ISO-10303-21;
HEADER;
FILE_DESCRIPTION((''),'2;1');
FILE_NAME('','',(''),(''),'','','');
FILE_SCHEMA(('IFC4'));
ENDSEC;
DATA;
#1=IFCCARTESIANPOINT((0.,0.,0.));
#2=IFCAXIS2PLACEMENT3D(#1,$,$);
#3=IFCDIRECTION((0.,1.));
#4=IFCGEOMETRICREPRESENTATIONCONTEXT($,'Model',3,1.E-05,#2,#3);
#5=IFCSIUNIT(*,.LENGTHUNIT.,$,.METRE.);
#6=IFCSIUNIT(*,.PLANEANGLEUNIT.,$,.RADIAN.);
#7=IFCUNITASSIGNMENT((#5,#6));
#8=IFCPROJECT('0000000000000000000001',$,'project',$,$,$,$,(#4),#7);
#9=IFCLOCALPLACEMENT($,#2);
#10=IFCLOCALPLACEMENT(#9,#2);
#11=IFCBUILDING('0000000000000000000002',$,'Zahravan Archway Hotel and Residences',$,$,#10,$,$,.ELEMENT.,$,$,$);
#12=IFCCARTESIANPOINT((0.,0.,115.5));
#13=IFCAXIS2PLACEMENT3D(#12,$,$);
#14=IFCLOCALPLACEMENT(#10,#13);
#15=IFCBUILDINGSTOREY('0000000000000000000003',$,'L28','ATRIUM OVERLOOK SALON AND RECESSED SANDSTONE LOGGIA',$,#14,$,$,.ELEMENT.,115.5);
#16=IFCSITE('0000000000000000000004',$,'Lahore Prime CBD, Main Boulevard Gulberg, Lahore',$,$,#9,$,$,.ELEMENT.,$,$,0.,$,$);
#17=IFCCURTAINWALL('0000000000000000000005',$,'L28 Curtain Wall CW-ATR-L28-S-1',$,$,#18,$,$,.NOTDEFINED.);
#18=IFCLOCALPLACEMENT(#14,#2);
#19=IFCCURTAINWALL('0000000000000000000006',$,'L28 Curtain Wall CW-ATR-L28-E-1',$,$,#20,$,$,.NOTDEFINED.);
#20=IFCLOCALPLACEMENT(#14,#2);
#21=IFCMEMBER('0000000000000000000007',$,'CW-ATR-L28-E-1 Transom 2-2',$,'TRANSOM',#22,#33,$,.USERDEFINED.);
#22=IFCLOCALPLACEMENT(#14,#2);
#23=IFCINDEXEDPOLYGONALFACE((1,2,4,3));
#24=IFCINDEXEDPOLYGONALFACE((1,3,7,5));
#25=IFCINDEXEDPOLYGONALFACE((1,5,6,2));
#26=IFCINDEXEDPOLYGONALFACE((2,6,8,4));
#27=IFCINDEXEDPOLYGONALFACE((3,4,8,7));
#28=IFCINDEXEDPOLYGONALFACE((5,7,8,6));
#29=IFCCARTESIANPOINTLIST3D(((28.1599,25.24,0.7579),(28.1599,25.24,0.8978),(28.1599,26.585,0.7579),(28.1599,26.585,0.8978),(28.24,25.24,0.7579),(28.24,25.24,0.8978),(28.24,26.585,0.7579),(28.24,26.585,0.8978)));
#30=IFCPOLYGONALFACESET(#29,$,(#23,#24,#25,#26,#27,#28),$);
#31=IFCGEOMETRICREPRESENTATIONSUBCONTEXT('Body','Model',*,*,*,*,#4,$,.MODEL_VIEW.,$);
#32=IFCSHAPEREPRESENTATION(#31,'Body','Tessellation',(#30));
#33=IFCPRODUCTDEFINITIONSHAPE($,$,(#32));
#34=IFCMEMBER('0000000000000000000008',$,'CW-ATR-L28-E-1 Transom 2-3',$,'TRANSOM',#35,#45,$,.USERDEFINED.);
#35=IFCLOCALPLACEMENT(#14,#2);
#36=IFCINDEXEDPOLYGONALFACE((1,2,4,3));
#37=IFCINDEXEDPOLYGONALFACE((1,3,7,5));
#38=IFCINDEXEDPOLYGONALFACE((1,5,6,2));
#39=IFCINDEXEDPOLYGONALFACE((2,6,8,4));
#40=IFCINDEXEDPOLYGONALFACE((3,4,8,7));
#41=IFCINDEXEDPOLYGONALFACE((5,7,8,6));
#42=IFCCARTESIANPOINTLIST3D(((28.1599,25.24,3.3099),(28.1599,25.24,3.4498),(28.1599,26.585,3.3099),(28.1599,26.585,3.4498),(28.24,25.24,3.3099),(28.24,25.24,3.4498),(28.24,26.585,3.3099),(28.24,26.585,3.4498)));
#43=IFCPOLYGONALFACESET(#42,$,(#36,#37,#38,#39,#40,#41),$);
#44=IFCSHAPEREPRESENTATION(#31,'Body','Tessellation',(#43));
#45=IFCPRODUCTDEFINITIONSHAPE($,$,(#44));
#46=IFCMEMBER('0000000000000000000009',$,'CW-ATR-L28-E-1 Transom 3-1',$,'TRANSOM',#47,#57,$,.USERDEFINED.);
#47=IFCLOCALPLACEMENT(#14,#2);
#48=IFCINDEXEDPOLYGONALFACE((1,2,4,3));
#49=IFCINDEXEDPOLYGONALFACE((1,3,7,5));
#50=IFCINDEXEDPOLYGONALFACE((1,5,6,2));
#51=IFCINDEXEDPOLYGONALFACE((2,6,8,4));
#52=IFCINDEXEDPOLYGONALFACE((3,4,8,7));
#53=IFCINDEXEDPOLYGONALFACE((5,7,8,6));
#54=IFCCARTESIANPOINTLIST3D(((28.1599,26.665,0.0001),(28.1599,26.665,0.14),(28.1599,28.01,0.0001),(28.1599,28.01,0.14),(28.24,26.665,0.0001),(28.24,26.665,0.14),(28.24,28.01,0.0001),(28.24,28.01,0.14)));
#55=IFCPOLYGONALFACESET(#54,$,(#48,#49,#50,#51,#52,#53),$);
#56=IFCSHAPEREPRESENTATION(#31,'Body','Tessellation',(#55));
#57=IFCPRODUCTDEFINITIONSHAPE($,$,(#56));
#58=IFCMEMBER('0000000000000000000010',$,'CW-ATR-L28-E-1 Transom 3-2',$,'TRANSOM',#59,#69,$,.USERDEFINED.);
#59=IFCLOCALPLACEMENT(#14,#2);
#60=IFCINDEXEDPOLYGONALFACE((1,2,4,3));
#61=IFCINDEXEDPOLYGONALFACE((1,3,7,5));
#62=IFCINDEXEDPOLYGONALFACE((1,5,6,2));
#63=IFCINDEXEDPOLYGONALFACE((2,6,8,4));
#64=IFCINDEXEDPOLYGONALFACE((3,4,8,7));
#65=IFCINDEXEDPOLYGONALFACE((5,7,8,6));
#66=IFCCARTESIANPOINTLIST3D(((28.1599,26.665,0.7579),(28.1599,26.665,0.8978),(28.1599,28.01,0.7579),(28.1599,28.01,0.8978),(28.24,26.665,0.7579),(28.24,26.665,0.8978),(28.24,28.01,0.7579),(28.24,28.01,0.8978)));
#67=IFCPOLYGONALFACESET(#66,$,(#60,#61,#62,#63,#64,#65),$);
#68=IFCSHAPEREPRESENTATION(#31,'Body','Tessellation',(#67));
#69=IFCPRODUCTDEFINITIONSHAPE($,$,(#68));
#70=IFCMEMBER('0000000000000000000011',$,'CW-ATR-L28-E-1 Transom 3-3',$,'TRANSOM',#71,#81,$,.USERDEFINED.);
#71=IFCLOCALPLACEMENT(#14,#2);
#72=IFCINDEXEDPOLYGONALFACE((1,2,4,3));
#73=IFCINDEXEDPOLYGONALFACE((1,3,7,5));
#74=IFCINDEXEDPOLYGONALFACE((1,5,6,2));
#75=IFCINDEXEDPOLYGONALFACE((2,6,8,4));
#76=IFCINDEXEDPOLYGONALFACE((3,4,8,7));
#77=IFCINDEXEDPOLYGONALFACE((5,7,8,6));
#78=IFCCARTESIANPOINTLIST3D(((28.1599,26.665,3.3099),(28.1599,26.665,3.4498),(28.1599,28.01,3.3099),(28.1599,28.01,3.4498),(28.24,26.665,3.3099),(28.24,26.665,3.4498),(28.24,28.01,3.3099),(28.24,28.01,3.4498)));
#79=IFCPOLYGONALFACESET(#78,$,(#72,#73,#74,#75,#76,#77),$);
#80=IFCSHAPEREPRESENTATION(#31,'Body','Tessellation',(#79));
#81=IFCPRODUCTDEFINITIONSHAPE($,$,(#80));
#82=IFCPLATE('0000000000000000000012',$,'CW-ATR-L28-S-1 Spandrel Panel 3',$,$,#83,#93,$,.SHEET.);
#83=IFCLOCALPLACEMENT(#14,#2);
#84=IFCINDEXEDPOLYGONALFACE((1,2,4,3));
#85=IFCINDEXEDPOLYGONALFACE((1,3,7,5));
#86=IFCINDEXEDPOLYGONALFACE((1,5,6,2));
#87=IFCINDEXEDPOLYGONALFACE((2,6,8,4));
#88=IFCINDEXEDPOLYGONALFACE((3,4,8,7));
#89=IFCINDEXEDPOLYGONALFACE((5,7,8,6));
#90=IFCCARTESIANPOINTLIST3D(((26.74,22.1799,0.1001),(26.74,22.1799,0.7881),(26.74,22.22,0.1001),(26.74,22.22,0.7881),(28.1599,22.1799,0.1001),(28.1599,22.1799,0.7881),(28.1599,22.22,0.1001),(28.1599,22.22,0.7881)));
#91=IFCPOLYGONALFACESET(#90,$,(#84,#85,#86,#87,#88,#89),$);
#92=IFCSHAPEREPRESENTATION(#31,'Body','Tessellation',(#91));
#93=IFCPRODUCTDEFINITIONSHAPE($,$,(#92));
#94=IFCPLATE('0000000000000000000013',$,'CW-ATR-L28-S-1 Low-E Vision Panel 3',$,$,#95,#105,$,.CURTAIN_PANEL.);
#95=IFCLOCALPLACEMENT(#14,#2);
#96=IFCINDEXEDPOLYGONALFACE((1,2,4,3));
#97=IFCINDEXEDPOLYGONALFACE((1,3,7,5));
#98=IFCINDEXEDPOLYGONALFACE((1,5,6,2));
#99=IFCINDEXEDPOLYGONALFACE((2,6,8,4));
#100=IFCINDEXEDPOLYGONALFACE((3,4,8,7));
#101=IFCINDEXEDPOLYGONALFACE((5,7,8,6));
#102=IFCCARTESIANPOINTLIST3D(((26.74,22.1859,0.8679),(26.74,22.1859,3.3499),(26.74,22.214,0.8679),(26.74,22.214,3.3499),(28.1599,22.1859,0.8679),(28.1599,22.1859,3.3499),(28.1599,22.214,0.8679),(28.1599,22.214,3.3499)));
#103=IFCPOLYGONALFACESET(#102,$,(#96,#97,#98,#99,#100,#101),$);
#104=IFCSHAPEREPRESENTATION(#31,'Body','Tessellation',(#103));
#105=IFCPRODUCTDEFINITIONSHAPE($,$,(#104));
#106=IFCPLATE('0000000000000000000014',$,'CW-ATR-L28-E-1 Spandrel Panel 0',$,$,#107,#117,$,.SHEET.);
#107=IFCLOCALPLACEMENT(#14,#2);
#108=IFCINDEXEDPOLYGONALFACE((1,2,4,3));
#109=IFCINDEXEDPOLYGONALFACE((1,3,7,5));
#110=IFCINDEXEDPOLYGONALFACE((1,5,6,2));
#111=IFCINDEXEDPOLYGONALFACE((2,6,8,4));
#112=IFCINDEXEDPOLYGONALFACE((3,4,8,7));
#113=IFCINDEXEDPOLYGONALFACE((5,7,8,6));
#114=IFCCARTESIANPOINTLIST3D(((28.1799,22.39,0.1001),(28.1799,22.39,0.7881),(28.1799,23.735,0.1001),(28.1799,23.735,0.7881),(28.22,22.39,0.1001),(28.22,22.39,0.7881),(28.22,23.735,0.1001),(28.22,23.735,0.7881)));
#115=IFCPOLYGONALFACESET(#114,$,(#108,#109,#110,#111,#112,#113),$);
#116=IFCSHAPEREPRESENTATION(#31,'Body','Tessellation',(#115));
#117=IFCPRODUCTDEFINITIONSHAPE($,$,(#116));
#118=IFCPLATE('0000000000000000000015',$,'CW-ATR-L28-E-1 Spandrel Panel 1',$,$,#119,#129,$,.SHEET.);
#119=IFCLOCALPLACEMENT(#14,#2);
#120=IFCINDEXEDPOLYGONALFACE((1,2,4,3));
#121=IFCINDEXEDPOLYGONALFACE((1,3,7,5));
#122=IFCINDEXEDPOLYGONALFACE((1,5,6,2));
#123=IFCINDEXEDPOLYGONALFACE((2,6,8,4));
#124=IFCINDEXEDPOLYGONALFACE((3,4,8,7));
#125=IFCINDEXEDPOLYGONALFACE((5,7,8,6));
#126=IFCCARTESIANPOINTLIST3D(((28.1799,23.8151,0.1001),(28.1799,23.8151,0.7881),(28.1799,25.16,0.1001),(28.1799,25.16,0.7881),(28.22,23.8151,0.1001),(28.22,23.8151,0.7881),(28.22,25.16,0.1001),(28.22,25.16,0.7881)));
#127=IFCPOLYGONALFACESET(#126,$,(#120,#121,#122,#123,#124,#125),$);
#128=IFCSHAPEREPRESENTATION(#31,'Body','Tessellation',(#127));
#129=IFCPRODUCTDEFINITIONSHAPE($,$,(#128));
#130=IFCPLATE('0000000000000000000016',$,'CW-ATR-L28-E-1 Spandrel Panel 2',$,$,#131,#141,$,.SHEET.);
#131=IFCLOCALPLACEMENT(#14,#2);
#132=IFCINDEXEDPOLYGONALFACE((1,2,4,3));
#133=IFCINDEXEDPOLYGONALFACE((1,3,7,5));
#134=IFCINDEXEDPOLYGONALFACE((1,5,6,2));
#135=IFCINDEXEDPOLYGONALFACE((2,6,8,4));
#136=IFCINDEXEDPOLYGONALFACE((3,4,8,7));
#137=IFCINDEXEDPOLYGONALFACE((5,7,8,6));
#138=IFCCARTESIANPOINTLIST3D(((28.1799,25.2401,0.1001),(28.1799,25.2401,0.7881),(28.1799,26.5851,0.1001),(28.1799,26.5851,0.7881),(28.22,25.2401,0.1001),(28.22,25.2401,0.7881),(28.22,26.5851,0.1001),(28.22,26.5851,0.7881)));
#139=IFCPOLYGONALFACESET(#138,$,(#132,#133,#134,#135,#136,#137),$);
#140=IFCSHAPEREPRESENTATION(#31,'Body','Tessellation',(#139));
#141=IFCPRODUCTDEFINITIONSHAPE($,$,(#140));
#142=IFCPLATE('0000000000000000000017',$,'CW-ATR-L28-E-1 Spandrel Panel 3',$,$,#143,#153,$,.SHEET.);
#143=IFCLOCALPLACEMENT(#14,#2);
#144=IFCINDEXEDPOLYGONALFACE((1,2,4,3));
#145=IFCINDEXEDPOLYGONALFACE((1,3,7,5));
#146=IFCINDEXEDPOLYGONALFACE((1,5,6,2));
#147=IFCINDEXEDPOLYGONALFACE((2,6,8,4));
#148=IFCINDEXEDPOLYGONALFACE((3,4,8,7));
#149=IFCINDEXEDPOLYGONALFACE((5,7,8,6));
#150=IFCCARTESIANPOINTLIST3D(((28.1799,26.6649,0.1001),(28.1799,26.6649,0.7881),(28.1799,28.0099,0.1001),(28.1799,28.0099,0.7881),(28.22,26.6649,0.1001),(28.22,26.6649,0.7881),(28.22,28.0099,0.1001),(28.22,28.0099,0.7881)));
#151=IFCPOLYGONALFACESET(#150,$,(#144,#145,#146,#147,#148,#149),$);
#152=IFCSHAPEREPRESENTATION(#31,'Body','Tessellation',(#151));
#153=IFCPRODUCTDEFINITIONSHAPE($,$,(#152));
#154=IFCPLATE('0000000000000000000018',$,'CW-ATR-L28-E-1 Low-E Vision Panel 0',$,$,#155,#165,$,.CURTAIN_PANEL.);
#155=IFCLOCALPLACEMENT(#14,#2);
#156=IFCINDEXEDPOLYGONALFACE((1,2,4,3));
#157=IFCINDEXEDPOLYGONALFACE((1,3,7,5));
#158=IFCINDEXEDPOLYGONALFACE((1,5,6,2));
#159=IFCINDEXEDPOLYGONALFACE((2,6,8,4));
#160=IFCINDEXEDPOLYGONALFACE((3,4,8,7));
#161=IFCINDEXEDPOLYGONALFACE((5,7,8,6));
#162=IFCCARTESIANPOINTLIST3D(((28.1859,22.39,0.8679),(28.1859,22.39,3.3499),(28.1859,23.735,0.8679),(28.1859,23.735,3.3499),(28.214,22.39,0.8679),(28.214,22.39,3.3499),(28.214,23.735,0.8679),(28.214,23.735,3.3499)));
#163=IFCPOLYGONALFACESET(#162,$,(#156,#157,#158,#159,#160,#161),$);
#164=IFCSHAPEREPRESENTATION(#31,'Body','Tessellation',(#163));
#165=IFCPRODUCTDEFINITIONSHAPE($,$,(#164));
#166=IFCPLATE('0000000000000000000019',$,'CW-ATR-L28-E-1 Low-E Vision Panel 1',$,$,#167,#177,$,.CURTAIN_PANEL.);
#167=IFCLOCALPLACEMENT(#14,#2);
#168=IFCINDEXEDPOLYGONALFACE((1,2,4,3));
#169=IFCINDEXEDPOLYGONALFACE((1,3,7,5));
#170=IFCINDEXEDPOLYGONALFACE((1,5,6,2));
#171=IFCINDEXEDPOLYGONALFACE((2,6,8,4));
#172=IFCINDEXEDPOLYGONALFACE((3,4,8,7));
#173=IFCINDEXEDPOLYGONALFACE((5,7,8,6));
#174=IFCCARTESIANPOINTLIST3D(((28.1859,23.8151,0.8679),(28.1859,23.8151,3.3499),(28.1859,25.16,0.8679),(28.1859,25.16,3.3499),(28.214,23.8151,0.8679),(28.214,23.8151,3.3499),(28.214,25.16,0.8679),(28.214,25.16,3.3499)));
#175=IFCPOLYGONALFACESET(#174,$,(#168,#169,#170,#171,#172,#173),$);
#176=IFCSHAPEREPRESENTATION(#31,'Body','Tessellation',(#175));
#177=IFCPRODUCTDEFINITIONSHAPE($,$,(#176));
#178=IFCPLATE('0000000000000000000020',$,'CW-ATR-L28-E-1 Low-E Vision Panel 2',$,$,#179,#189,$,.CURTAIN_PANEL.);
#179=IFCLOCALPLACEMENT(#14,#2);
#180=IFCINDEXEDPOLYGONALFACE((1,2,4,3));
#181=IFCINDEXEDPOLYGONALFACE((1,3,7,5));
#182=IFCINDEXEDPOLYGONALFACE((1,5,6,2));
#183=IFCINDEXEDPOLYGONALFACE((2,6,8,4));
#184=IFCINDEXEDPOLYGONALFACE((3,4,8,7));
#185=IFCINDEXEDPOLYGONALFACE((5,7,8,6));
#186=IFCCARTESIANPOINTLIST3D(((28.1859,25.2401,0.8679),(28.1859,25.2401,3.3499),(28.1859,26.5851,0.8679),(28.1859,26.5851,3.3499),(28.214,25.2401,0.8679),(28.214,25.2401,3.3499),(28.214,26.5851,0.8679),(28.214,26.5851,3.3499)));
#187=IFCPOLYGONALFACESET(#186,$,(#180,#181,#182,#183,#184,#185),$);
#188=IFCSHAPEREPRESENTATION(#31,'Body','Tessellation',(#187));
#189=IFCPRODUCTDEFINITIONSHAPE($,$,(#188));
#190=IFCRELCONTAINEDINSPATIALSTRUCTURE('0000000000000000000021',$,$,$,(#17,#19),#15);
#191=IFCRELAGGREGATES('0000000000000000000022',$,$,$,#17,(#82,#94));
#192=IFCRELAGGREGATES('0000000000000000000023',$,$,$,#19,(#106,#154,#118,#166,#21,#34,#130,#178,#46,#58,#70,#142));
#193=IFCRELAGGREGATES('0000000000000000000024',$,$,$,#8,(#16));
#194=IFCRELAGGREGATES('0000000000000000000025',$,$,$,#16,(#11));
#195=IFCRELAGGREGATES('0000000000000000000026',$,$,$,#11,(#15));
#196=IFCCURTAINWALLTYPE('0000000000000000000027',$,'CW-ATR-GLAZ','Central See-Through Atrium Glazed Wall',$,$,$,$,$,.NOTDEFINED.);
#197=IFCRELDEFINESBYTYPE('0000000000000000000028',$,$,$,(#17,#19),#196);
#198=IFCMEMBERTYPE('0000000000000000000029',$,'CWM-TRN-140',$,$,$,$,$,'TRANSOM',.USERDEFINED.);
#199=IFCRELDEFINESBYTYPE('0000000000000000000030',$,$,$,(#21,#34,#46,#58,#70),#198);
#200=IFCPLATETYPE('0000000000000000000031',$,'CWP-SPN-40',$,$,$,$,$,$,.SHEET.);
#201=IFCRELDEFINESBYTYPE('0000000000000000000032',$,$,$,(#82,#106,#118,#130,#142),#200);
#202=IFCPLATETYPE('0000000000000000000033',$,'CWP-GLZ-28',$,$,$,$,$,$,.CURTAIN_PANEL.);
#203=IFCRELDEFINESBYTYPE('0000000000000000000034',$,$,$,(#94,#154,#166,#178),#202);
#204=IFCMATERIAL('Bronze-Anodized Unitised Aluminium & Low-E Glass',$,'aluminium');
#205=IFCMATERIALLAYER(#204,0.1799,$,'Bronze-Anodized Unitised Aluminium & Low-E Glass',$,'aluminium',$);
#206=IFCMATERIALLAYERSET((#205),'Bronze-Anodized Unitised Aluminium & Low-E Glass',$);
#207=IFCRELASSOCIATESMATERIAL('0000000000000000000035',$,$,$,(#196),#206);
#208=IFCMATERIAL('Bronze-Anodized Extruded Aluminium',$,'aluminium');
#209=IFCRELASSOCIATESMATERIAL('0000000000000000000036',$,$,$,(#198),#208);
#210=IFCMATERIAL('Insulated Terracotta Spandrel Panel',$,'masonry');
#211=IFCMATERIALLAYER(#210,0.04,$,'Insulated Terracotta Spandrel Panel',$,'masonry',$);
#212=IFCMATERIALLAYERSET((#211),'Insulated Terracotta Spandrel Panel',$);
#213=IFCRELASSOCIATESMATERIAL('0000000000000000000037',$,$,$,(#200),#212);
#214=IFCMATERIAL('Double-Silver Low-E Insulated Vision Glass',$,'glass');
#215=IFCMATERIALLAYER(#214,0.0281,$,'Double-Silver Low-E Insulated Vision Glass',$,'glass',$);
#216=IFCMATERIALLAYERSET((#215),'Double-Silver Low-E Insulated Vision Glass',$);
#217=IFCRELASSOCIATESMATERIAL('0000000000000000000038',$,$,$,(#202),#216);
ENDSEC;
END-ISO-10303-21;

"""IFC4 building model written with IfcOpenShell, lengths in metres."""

from ifc_helpers import new_model, si_unit, direction, frame, origin, origin_2d, place, context, subcontext, project, spatial, rectangle, extrude, source, transform, mapped, material, layer, layer_set, material_profile, profile_set, type_object, element, aggregate, save


model = new_model("IFC4")

# Units and contexts
model_context = context("Model", 3, precision=1e-05, world=origin(), true_north=direction((0.0, 1.0)))
body_context = subcontext(model_context, "Body", "Model", "MODEL_VIEW")
ifc_project = project(units=[si_unit("LENGTHUNIT", "METRE"), si_unit("PLANEANGLEUNIT", "RADIAN")], contexts=[model_context])

# Site, building, storey
site_placement = place(None, origin())
site = spatial("IfcSite", under=ifc_project, at=site_placement, Name="Lahore Prime CBD, Main Boulevard Gulberg, Lahore", CompositionType="ELEMENT", RefElevation=0.0)
building_placement = place(site_placement, origin())
building = spatial("IfcBuilding", under=site, at=building_placement, Name="Zahravan Archway Hotel and Residences", CompositionType="ELEMENT")
storey_placement = place(building_placement, frame((0.0, 0.0, 115.5)))
storey = spatial("IfcBuildingStorey", under=building, at=storey_placement, Name="L28", Description="ATRIUM OVERLOOK SALON AND RECESSED SANDSTONE LOGGIA", CompositionType="ELEMENT", Elevation=115.5)

# Curtain wall
ifc_material_1 = material(Name="Bronze-Anodized Unitised Aluminium & Low-E Glass", Category="aluminium")
ifc_layer_1 = layer(ifc_material_1, 0.1799, Name="Bronze-Anodized Unitised Aluminium & Low-E Glass", Category="aluminium")
ifc_layer_set_1 = layer_set([ifc_layer_1], Name="Bronze-Anodized Unitised Aluminium & Low-E Glass")
curtain_wall_type = type_object("IfcCurtainWallType", Name="CW-ATR-GLAZ", Description="Central See-Through Atrium Glazed Wall", PredefinedType="NOTDEFINED", material=ifc_layer_set_1)
curtain_wall_1_placement = place(storey_placement, origin())
curtain_wall_1 = element("IfcCurtainWall", 1, at=curtain_wall_1_placement, inside=storey, type_object=curtain_wall_type, Name="L28 Curtain Wall CW-ATR-L28-S-1", PredefinedType="NOTDEFINED")
ifc_material_2 = material(Name="Bronze-Anodized Extruded Aluminium", Category="aluminium")

# Curtain wall
curtain_wall_2_placement = place(storey_placement, origin())
curtain_wall_2 = element("IfcCurtainWall", 2, at=curtain_wall_2_placement, inside=storey, type_object=curtain_wall_type, Name="L28 Curtain Wall CW-ATR-L28-E-1", PredefinedType="NOTDEFINED")

# Members
ifc_material_profile_1 = material_profile(ifc_material_2, rectangle(XDim=0.0801, YDim=0.1399, at=origin_2d()), Name="TRN 80x140", Category="aluminium")
ifc_profile_set_1 = profile_set([ifc_material_profile_1], Name="Bronze-Anodized Extruded Aluminium")
member_type_1 = type_object("IfcMemberType", Name="CWM-TRN-140", ElementType="TRANSOM", PredefinedType="USERDEFINED", material=ifc_profile_set_1)
shared_shape_1 = source(origin(), body_context, "Body", "SweptSolid", [
    extrude(rectangle(XDim=0.0801, YDim=0.1399, at=origin_2d()), origin(), (0.0, 0.0, 1.0), 1.345),
])
member_1_placement = place(storey_placement, frame((28.2, 25.24, 0.8279), z_axis=(0.0, 1.0, 0.0), x_axis=(-1.0, 0.0, 0.0)))
member_1 = element("IfcMember", 3, at=member_1_placement, type_object=member_type_1, Name="CW-ATR-L28-E-1 Transom 2-2", ObjectType="TRANSOM", PredefinedType="USERDEFINED", context=body_context, shape_type="MappedRepresentation", body=[
    mapped(shared_shape_1, transform((0.0, 0.0, 0.0), scale=1.0)),
])
member_2_placement = place(storey_placement, frame((28.2, 25.24, 3.3799), z_axis=(0.0, 1.0, 0.0), x_axis=(-1.0, 0.0, 0.0)))
member_2 = element("IfcMember", 4, at=member_2_placement, type_object=member_type_1, Name="CW-ATR-L28-E-1 Transom 2-3", ObjectType="TRANSOM", PredefinedType="USERDEFINED", context=body_context, shape_type="MappedRepresentation", body=[
    mapped(shared_shape_1, transform((0.0, 0.0, 0.0), scale=1.0)),
])
member_3_placement = place(storey_placement, frame((28.2, 26.665, 0.0701), z_axis=(0.0, 1.0, 0.0), x_axis=(-1.0, 0.0, 0.0)))
member_3 = element("IfcMember", 5, at=member_3_placement, type_object=member_type_1, Name="CW-ATR-L28-E-1 Transom 3-1", ObjectType="TRANSOM", PredefinedType="USERDEFINED", context=body_context, shape_type="MappedRepresentation", body=[
    mapped(shared_shape_1, transform((0.0, 0.0, 0.0), scale=1.0)),
])
member_4_placement = place(storey_placement, frame((28.2, 26.665, 0.8279), z_axis=(0.0, 1.0, 0.0), x_axis=(-1.0, 0.0, 0.0)))
member_4 = element("IfcMember", 6, at=member_4_placement, type_object=member_type_1, Name="CW-ATR-L28-E-1 Transom 3-2", ObjectType="TRANSOM", PredefinedType="USERDEFINED", context=body_context, shape_type="MappedRepresentation", body=[
    mapped(shared_shape_1, transform((0.0, 0.0, 0.0), scale=1.0)),
])
member_5_placement = place(storey_placement, frame((28.2, 26.665, 3.3799), z_axis=(0.0, 1.0, 0.0), x_axis=(-1.0, 0.0, 0.0)))
member_5 = element("IfcMember", 7, at=member_5_placement, type_object=member_type_1, Name="CW-ATR-L28-E-1 Transom 3-3", ObjectType="TRANSOM", PredefinedType="USERDEFINED", context=body_context, shape_type="MappedRepresentation", body=[
    mapped(shared_shape_1, transform((0.0, 0.0, 0.0), scale=1.0)),
])

# Plates
ifc_material_3 = material(Name="Insulated Terracotta Spandrel Panel", Category="masonry")
ifc_layer_2 = layer(ifc_material_3, 0.04, Name="Insulated Terracotta Spandrel Panel", Category="masonry")
ifc_layer_set_2 = layer_set([ifc_layer_2], Name="Insulated Terracotta Spandrel Panel")
plate_type_1 = type_object("IfcPlateType", Name="CWP-SPN-40", PredefinedType="SHEET", material=ifc_layer_set_2)
shared_shape_2 = source(origin(), body_context, "Body", "SweptSolid", [
    extrude(rectangle(XDim=1.4199, YDim=0.04, at=origin_2d()), origin(), (0.0, 0.0, 1.0), 0.688),
])
plate_1_placement = place(storey_placement, frame((27.45, 22.2, 0.1001), z_axis=(0.0, 0.0, 1.0), x_axis=(1.0, 0.0, 0.0)))
plate_1 = element("IfcPlate", 8, at=plate_1_placement, type_object=plate_type_1, Name="CW-ATR-L28-S-1 Spandrel Panel 3", PredefinedType="SHEET", context=body_context, shape_type="MappedRepresentation", body=[
    mapped(shared_shape_2, transform((0.0, 0.0, 0.0), scale=1.0)),
])
ifc_material_4 = material(Name="Double-Silver Low-E Insulated Vision Glass", Category="glass")
ifc_layer_3 = layer(ifc_material_4, 0.0281, Name="Double-Silver Low-E Insulated Vision Glass", Category="glass")
ifc_layer_set_3 = layer_set([ifc_layer_3], Name="Double-Silver Low-E Insulated Vision Glass")
plate_type_2 = type_object("IfcPlateType", Name="CWP-GLZ-28", PredefinedType="CURTAIN_PANEL", material=ifc_layer_set_3)
shared_shape_3 = source(origin(), body_context, "Body", "SweptSolid", [
    extrude(rectangle(XDim=1.4199, YDim=0.0281, at=origin_2d()), origin(), (0.0, 0.0, 1.0), 2.4819),
])
plate_2_placement = place(storey_placement, frame((27.45, 22.2, 0.8679), z_axis=(0.0, 0.0, 1.0), x_axis=(1.0, 0.0, 0.0)))
plate_2 = element("IfcPlate", 9, at=plate_2_placement, type_object=plate_type_2, Name="CW-ATR-L28-S-1 Low-E Vision Panel 3", PredefinedType="CURTAIN_PANEL", context=body_context, shape_type="MappedRepresentation", body=[
    mapped(shared_shape_3, transform((0.0, 0.0, 0.0), scale=1.0)),
])
aggregate(curtain_wall_1, [plate_1, plate_2])
shared_shape_4 = source(origin(), body_context, "Body", "SweptSolid", [
    extrude(rectangle(XDim=1.345, YDim=0.04, at=origin_2d()), origin(), (0.0, 0.0, 1.0), 0.688),
])
plate_3_placement = place(storey_placement, frame((28.2, 23.0625, 0.1001), z_axis=(0.0, 0.0, 1.0), x_axis=(0.0, 1.0, 0.0)))
plate_3 = element("IfcPlate", 10, at=plate_3_placement, type_object=plate_type_1, Name="CW-ATR-L28-E-1 Spandrel Panel 0", PredefinedType="SHEET", context=body_context, shape_type="MappedRepresentation", body=[
    mapped(shared_shape_4, transform((0.0, 0.0, 0.0), scale=1.0)),
])
plate_4_placement = place(storey_placement, frame((28.2, 24.4875, 0.1001), z_axis=(0.0, 0.0, 1.0), x_axis=(0.0, 1.0, 0.0)))
plate_4 = element("IfcPlate", 11, at=plate_4_placement, type_object=plate_type_1, Name="CW-ATR-L28-E-1 Spandrel Panel 1", PredefinedType="SHEET", context=body_context, shape_type="MappedRepresentation", body=[
    mapped(shared_shape_4, transform((0.0, 0.0, 0.0), scale=1.0)),
])
plate_5_placement = place(storey_placement, frame((28.2, 25.9126, 0.1001), z_axis=(0.0, 0.0, 1.0), x_axis=(0.0, 1.0, 0.0)))
plate_5 = element("IfcPlate", 12, at=plate_5_placement, type_object=plate_type_1, Name="CW-ATR-L28-E-1 Spandrel Panel 2", PredefinedType="SHEET", context=body_context, shape_type="MappedRepresentation", body=[
    mapped(shared_shape_4, transform((0.0, 0.0, 0.0), scale=1.0)),
])
plate_6_placement = place(storey_placement, frame((28.2, 27.3374, 0.1001), z_axis=(0.0, 0.0, 1.0), x_axis=(0.0, 1.0, 0.0)))
plate_6 = element("IfcPlate", 13, at=plate_6_placement, type_object=plate_type_1, Name="CW-ATR-L28-E-1 Spandrel Panel 3", PredefinedType="SHEET", context=body_context, shape_type="MappedRepresentation", body=[
    mapped(shared_shape_4, transform((0.0, 0.0, 0.0), scale=1.0)),
])
shared_shape_5 = source(origin(), body_context, "Body", "SweptSolid", [
    extrude(rectangle(XDim=1.345, YDim=0.0281, at=origin_2d()), origin(), (0.0, 0.0, 1.0), 2.4819),
])
plate_7_placement = place(storey_placement, frame((28.2, 23.0625, 0.8679), z_axis=(0.0, 0.0, 1.0), x_axis=(0.0, 1.0, 0.0)))
plate_7 = element("IfcPlate", 14, at=plate_7_placement, type_object=plate_type_2, Name="CW-ATR-L28-E-1 Low-E Vision Panel 0", PredefinedType="CURTAIN_PANEL", context=body_context, shape_type="MappedRepresentation", body=[
    mapped(shared_shape_5, transform((0.0, 0.0, 0.0), scale=1.0)),
])
plate_8_placement = place(storey_placement, frame((28.2, 24.4875, 0.8679), z_axis=(0.0, 0.0, 1.0), x_axis=(0.0, 1.0, 0.0)))
plate_8 = element("IfcPlate", 15, at=plate_8_placement, type_object=plate_type_2, Name="CW-ATR-L28-E-1 Low-E Vision Panel 1", PredefinedType="CURTAIN_PANEL", context=body_context, shape_type="MappedRepresentation", body=[
    mapped(shared_shape_5, transform((0.0, 0.0, 0.0), scale=1.0)),
])
plate_9_placement = place(storey_placement, frame((28.2, 25.9126, 0.8679), z_axis=(0.0, 0.0, 1.0), x_axis=(0.0, 1.0, 0.0)))
plate_9 = element("IfcPlate", 16, at=plate_9_placement, type_object=plate_type_2, Name="CW-ATR-L28-E-1 Low-E Vision Panel 2", PredefinedType="CURTAIN_PANEL", context=body_context, shape_type="MappedRepresentation", body=[
    mapped(shared_shape_5, transform((0.0, 0.0, 0.0), scale=1.0)),
])
aggregate(curtain_wall_2, [plate_3, plate_7, plate_4, plate_8, member_1, member_2, plate_5, plate_9, member_3, member_4, member_5, plate_6])

save(model, "model.ifc")
